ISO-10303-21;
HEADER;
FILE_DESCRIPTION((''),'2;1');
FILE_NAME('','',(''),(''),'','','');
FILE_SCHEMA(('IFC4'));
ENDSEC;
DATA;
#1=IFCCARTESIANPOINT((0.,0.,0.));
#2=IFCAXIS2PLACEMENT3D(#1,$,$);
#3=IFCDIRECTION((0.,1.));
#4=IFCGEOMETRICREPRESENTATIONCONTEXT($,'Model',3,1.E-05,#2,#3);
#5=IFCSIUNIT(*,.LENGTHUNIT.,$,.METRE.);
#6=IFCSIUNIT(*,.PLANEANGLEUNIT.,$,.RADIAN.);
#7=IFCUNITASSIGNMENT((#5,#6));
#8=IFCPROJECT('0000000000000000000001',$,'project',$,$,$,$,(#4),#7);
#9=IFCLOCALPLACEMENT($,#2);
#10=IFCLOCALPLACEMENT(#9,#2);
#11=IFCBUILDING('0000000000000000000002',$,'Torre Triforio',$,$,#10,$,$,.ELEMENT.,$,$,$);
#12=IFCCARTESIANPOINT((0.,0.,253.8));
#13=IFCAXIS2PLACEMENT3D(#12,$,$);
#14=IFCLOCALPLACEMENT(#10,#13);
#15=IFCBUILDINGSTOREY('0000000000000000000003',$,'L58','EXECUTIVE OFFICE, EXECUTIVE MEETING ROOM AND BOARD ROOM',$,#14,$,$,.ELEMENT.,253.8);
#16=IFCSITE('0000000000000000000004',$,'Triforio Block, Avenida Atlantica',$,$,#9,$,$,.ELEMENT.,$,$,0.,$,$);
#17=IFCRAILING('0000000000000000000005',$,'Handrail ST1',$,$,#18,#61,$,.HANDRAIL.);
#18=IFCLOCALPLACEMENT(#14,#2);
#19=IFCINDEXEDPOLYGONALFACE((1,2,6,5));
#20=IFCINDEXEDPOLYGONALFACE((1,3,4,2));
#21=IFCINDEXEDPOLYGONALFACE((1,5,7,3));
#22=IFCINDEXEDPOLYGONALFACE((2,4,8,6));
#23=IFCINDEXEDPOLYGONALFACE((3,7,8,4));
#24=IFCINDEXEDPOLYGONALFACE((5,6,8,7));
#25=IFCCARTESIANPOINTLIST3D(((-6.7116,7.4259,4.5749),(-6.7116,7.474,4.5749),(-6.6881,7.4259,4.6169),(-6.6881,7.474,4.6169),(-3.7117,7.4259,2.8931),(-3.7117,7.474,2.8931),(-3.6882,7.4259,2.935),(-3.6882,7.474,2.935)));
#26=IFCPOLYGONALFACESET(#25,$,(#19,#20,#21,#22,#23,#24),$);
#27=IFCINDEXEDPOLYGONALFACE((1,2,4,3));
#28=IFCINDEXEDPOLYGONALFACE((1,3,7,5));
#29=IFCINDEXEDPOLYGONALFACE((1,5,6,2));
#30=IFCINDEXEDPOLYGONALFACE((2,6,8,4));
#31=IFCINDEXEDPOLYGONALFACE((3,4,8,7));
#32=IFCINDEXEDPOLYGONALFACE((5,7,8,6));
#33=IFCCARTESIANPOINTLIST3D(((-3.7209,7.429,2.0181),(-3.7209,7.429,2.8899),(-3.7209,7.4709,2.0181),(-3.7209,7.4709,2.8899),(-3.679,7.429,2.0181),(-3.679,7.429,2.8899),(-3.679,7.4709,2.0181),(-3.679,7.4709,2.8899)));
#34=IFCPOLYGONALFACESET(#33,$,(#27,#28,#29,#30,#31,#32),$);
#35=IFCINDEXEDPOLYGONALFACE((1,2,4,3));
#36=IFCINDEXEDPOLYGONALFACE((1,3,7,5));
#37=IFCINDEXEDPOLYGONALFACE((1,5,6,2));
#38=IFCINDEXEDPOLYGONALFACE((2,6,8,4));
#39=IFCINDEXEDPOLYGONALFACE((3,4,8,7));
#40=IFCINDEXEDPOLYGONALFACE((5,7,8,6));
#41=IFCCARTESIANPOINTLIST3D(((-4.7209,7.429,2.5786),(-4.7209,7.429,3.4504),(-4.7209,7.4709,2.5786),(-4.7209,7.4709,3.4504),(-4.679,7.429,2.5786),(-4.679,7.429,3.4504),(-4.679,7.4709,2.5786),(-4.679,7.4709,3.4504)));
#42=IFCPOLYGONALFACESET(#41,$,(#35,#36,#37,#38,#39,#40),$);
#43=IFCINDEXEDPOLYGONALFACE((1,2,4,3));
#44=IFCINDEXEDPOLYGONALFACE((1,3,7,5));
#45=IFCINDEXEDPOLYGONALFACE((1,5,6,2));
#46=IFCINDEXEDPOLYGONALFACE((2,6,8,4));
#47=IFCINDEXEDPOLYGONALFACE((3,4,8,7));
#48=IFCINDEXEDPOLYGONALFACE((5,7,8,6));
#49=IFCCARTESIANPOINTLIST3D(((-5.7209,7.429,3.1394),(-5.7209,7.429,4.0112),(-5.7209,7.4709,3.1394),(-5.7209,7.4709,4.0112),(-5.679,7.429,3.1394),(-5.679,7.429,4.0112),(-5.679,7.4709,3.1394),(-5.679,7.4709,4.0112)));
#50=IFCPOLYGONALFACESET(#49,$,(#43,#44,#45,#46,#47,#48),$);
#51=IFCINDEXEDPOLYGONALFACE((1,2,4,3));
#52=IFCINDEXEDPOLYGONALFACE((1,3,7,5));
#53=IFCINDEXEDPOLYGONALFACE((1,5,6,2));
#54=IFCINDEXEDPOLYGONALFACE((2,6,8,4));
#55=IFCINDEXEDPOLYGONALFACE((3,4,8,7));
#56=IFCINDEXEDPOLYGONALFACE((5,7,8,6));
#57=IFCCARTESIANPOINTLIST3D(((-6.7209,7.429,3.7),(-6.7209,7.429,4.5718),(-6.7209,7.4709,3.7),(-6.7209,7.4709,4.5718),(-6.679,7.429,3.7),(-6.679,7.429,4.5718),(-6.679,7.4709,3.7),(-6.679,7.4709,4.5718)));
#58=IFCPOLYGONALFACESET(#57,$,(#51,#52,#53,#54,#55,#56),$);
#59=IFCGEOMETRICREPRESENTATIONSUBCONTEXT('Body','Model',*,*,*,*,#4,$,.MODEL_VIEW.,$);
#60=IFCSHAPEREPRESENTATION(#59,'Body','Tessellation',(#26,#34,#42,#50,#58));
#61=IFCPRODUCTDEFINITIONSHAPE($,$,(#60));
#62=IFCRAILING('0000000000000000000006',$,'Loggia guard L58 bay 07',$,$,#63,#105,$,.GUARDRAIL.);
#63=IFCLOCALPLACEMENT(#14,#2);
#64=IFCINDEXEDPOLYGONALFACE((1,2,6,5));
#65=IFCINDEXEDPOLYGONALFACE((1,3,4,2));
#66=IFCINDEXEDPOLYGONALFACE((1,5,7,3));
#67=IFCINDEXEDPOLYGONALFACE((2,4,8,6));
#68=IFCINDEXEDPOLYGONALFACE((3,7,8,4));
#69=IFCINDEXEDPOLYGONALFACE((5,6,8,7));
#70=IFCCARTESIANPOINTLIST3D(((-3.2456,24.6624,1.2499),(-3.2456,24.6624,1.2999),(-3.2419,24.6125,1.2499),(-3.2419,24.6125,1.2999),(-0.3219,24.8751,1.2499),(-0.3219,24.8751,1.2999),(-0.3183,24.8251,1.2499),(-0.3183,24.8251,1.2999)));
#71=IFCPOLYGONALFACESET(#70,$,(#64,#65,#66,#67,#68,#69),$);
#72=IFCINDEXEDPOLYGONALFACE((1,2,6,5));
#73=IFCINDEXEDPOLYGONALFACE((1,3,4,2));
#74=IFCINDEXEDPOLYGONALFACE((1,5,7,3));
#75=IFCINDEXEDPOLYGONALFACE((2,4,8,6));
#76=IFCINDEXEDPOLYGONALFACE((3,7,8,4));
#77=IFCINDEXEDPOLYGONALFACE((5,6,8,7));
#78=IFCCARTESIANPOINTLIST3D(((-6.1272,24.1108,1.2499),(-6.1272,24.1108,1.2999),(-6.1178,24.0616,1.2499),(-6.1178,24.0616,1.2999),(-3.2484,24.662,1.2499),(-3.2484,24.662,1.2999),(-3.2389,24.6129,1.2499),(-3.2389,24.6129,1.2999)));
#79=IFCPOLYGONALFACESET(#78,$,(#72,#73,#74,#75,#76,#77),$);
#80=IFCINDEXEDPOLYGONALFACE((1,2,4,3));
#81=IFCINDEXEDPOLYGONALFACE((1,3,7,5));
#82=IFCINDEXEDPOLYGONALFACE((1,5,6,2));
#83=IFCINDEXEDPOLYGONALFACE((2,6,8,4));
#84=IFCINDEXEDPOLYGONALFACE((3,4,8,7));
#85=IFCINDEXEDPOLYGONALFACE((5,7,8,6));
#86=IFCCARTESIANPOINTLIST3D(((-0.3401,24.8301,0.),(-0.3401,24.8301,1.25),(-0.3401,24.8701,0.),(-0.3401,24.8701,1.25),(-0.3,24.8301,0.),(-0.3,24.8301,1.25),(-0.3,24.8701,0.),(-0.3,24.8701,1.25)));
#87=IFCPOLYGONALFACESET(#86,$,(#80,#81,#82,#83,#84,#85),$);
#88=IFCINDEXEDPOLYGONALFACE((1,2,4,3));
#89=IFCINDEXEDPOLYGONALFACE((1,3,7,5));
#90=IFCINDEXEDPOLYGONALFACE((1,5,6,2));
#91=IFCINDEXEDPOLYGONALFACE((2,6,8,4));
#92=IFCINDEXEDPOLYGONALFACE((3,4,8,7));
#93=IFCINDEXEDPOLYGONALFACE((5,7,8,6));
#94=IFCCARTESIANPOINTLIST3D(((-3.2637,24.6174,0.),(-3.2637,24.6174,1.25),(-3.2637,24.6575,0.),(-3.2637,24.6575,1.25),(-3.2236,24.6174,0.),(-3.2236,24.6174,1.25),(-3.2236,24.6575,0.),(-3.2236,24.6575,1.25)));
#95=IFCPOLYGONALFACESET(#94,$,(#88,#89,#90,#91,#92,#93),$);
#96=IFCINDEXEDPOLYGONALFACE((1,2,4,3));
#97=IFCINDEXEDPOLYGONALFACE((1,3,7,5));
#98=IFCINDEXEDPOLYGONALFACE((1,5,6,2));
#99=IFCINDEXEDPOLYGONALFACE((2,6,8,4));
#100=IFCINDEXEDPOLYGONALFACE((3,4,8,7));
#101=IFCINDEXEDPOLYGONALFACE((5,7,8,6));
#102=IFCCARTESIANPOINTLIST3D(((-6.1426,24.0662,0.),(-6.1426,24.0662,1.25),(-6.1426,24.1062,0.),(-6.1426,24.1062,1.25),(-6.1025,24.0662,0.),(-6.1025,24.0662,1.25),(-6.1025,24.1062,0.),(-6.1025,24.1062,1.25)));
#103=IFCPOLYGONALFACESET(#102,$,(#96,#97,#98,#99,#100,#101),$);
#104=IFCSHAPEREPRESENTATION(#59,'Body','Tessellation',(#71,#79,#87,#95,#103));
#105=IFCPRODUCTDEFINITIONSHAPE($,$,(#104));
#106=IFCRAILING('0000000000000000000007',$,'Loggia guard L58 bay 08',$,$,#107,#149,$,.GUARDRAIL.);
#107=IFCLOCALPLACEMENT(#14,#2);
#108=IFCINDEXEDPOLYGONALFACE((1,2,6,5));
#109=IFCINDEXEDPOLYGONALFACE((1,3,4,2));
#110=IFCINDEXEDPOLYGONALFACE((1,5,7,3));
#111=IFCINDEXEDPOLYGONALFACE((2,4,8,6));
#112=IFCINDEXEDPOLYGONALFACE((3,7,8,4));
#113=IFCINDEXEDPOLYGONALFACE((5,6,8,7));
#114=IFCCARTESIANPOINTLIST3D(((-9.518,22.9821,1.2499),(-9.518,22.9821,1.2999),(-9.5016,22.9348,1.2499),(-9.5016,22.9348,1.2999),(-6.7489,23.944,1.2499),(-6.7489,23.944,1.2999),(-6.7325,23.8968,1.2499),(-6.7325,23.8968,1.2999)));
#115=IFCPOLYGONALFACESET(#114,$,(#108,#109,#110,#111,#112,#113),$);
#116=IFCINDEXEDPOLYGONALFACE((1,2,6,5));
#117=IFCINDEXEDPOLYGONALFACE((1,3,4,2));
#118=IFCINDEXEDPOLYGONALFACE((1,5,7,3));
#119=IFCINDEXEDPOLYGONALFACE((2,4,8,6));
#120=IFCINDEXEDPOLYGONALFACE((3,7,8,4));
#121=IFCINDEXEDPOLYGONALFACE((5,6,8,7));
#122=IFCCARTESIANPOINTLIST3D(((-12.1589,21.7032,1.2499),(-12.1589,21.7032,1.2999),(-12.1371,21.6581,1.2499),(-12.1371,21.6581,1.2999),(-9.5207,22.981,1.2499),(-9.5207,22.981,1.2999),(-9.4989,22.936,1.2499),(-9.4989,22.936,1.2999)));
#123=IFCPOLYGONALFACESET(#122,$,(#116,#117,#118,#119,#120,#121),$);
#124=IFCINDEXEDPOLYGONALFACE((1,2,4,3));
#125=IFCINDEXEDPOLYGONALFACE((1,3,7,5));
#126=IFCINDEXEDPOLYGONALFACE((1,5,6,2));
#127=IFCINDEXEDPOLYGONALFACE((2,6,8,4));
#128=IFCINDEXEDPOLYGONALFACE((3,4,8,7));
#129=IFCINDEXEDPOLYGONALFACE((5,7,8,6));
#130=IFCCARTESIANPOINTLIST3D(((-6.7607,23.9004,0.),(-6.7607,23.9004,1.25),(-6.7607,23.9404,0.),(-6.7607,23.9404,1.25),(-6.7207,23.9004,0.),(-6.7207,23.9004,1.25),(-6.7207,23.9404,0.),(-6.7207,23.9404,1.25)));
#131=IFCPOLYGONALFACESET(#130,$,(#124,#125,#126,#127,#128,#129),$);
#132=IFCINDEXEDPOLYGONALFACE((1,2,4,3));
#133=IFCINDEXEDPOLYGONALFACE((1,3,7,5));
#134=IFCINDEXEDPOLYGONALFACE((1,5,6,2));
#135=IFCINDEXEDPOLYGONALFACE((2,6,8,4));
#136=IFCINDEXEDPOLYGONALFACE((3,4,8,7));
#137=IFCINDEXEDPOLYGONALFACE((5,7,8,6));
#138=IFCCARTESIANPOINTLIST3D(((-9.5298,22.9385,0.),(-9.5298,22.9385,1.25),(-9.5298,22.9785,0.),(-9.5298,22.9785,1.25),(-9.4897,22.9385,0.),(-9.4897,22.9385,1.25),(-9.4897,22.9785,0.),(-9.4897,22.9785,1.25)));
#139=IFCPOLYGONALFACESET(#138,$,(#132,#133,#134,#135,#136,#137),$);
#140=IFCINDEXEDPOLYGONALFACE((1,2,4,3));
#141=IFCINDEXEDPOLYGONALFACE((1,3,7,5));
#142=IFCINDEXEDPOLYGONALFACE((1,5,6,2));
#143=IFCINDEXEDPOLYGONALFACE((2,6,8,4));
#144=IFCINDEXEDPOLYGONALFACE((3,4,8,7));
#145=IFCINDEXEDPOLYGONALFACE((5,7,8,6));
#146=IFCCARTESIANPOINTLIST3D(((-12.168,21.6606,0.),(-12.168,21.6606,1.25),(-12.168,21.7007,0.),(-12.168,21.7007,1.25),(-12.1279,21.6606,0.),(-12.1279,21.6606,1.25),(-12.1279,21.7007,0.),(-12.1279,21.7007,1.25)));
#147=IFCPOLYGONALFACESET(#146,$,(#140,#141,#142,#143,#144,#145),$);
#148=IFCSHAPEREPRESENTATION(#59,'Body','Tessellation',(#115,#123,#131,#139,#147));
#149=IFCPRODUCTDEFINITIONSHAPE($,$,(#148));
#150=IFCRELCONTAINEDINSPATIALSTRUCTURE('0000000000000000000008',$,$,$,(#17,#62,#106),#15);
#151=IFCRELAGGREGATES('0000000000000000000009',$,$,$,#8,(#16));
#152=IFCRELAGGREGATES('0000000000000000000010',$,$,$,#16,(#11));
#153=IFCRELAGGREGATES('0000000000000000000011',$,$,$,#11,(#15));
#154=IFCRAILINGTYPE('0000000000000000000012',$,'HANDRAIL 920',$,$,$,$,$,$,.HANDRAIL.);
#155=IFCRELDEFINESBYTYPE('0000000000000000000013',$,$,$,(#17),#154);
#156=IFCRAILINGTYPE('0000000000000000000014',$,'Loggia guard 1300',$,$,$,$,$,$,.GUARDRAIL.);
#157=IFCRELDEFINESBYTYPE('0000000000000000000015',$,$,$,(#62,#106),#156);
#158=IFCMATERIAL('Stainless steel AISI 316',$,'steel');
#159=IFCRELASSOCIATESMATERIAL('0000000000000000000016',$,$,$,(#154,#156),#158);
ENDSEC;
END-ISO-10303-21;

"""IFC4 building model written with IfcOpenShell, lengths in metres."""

from ifc_helpers import new_model, si_unit, direction, frame, origin, origin_2d, place, context, subcontext, project, spatial, rectangle, extrude, material, type_object, element, save


model = new_model("IFC4")

# Units and contexts
model_context = context("Model", 3, precision=1e-05, world=origin(), true_north=direction((0.0, 1.0)))
body_context = subcontext(model_context, "Body", "Model", "MODEL_VIEW")
ifc_project = project(units=[si_unit("LENGTHUNIT", "METRE"), si_unit("PLANEANGLEUNIT", "RADIAN")], contexts=[model_context])

# Site, building, storey
site_placement = place(None, origin())
site = spatial("IfcSite", under=ifc_project, at=site_placement, Name="Triforio Block, Avenida Atlantica", CompositionType="ELEMENT", RefElevation=0.0)
building_placement = place(site_placement, origin())
building = spatial("IfcBuilding", under=site, at=building_placement, Name="Torre Triforio", CompositionType="ELEMENT")
storey_placement = place(building_placement, frame((0.0, 0.0, 253.8)))
storey = spatial("IfcBuildingStorey", under=building, at=storey_placement, Name="L58", Description="EXECUTIVE OFFICE, EXECUTIVE MEETING ROOM AND BOARD ROOM", CompositionType="ELEMENT", Elevation=253.8)

# Railings
ifc_material_1 = material(Name="Stainless steel AISI 316", Category="steel")
railing_type_1 = type_object("IfcRailingType", Name="HANDRAIL 920", PredefinedType="HANDRAIL", material=ifc_material_1)
railing_1_placement = place(storey_placement, frame((-3.7, 7.45, 2.0181)))
element("IfcRailing", 1, at=railing_1_placement, inside=storey, type_object=railing_type_1, Name="Handrail ST1", PredefinedType="HANDRAIL", context=body_context, shape_type="SweptSolid", body=[
    extrude(rectangle(XDim=0.0481, YDim=0.0481, at=origin_2d()), frame((0.0, 0.0, 0.896), z_axis=(-0.872272, 0.0, 0.48902), x_axis=(0.0, -1.0, 0.0)), (0.0, 0.0, 1.0), 3.4392),
    extrude(rectangle(XDim=0.042, YDim=0.042, at=origin_2d()), origin(), (0.0, 0.0, 1.0), 0.8718),
    extrude(rectangle(XDim=0.042, YDim=0.042, at=origin_2d()), frame((-1.0, 0.0, 0.5605)), (0.0, 0.0, 1.0), 0.8718),
    extrude(rectangle(XDim=0.042, YDim=0.042, at=origin_2d()), frame((-2.0, 0.0, 1.1213)), (0.0, 0.0, 1.0), 0.8718),
    extrude(rectangle(XDim=0.042, YDim=0.042, at=origin_2d()), frame((-3.0, 0.0, 1.6819)), (0.0, 0.0, 1.0), 0.8718),
])
railing_type_2 = type_object("IfcRailingType", Name="Loggia guard 1300", PredefinedType="GUARDRAIL", material=ifc_material_1)
railing_2_placement = place(storey_placement, frame((-0.3201, 24.8501, 0.0)))
element("IfcRailing", 2, at=railing_2_placement, inside=storey, type_object=railing_type_2, Name="Loggia guard L58 bay 07", PredefinedType="GUARDRAIL", context=body_context, shape_type="SweptSolid", body=[
    extrude(rectangle(XDim=0.05, YDim=0.05, at=origin_2d()), frame((0.0, 0.0, 1.2749), z_axis=(-0.997365, -0.072543, 0.0), x_axis=(0.072543, -0.997365, 0.0)), (0.0, 0.0, 1.0), 2.9314),
    extrude(rectangle(XDim=0.05, YDim=0.05, at=origin_2d()), frame((-2.9236, -0.2126, 1.2749), z_axis=(-0.982156, -0.188069, 0.0), x_axis=(0.188069, -0.982156, 0.0)), (0.0, 0.0, 1.0), 2.9312),
    extrude(rectangle(XDim=0.04, YDim=0.04, at=origin_2d()), origin(), (0.0, 0.0, 1.0), 1.25),
    extrude(rectangle(XDim=0.04, YDim=0.04, at=origin_2d()), frame((-2.9236, -0.2126, 0.0)), (0.0, 0.0, 1.0), 1.25),
    extrude(rectangle(XDim=0.04, YDim=0.04, at=origin_2d()), frame((-5.8025, -0.7639, 0.0)), (0.0, 0.0, 1.0), 1.25),
])
railing_3_placement = place(storey_placement, frame((-6.7407, 23.9204, 0.0)))
element("IfcRailing", 3, at=railing_3_placement, inside=storey, type_object=railing_type_2, Name="Loggia guard L58 bay 08", PredefinedType="GUARDRAIL", context=body_context, shape_type="SweptSolid", body=[
    extrude(rectangle(XDim=0.05, YDim=0.05, at=origin_2d()), frame((0.0, 0.0, 1.2749), z_axis=(-0.944627, -0.328146, 0.0), x_axis=(0.328146, -0.944627, 0.0)), (0.0, 0.0, 1.0), 2.9314),
    extrude(rectangle(XDim=0.05, YDim=0.05, at=origin_2d()), frame((-2.769, -0.9619, 1.2749), z_axis=(-0.899986, -0.435918, 0.0), x_axis=(0.435918, -0.899986, 0.0)), (0.0, 0.0, 1.0), 2.9314),
    extrude(rectangle(XDim=0.04, YDim=0.04, at=origin_2d()), origin(), (0.0, 0.0, 1.0), 1.25),
    extrude(rectangle(XDim=0.04, YDim=0.04, at=origin_2d()), frame((-2.769, -0.9619, 0.0)), (0.0, 0.0, 1.0), 1.25),
    extrude(rectangle(XDim=0.04, YDim=0.04, at=origin_2d()), frame((-5.4072, -2.2397, 0.0)), (0.0, 0.0, 1.0), 1.25),
])

save(model, "model.ifc")
